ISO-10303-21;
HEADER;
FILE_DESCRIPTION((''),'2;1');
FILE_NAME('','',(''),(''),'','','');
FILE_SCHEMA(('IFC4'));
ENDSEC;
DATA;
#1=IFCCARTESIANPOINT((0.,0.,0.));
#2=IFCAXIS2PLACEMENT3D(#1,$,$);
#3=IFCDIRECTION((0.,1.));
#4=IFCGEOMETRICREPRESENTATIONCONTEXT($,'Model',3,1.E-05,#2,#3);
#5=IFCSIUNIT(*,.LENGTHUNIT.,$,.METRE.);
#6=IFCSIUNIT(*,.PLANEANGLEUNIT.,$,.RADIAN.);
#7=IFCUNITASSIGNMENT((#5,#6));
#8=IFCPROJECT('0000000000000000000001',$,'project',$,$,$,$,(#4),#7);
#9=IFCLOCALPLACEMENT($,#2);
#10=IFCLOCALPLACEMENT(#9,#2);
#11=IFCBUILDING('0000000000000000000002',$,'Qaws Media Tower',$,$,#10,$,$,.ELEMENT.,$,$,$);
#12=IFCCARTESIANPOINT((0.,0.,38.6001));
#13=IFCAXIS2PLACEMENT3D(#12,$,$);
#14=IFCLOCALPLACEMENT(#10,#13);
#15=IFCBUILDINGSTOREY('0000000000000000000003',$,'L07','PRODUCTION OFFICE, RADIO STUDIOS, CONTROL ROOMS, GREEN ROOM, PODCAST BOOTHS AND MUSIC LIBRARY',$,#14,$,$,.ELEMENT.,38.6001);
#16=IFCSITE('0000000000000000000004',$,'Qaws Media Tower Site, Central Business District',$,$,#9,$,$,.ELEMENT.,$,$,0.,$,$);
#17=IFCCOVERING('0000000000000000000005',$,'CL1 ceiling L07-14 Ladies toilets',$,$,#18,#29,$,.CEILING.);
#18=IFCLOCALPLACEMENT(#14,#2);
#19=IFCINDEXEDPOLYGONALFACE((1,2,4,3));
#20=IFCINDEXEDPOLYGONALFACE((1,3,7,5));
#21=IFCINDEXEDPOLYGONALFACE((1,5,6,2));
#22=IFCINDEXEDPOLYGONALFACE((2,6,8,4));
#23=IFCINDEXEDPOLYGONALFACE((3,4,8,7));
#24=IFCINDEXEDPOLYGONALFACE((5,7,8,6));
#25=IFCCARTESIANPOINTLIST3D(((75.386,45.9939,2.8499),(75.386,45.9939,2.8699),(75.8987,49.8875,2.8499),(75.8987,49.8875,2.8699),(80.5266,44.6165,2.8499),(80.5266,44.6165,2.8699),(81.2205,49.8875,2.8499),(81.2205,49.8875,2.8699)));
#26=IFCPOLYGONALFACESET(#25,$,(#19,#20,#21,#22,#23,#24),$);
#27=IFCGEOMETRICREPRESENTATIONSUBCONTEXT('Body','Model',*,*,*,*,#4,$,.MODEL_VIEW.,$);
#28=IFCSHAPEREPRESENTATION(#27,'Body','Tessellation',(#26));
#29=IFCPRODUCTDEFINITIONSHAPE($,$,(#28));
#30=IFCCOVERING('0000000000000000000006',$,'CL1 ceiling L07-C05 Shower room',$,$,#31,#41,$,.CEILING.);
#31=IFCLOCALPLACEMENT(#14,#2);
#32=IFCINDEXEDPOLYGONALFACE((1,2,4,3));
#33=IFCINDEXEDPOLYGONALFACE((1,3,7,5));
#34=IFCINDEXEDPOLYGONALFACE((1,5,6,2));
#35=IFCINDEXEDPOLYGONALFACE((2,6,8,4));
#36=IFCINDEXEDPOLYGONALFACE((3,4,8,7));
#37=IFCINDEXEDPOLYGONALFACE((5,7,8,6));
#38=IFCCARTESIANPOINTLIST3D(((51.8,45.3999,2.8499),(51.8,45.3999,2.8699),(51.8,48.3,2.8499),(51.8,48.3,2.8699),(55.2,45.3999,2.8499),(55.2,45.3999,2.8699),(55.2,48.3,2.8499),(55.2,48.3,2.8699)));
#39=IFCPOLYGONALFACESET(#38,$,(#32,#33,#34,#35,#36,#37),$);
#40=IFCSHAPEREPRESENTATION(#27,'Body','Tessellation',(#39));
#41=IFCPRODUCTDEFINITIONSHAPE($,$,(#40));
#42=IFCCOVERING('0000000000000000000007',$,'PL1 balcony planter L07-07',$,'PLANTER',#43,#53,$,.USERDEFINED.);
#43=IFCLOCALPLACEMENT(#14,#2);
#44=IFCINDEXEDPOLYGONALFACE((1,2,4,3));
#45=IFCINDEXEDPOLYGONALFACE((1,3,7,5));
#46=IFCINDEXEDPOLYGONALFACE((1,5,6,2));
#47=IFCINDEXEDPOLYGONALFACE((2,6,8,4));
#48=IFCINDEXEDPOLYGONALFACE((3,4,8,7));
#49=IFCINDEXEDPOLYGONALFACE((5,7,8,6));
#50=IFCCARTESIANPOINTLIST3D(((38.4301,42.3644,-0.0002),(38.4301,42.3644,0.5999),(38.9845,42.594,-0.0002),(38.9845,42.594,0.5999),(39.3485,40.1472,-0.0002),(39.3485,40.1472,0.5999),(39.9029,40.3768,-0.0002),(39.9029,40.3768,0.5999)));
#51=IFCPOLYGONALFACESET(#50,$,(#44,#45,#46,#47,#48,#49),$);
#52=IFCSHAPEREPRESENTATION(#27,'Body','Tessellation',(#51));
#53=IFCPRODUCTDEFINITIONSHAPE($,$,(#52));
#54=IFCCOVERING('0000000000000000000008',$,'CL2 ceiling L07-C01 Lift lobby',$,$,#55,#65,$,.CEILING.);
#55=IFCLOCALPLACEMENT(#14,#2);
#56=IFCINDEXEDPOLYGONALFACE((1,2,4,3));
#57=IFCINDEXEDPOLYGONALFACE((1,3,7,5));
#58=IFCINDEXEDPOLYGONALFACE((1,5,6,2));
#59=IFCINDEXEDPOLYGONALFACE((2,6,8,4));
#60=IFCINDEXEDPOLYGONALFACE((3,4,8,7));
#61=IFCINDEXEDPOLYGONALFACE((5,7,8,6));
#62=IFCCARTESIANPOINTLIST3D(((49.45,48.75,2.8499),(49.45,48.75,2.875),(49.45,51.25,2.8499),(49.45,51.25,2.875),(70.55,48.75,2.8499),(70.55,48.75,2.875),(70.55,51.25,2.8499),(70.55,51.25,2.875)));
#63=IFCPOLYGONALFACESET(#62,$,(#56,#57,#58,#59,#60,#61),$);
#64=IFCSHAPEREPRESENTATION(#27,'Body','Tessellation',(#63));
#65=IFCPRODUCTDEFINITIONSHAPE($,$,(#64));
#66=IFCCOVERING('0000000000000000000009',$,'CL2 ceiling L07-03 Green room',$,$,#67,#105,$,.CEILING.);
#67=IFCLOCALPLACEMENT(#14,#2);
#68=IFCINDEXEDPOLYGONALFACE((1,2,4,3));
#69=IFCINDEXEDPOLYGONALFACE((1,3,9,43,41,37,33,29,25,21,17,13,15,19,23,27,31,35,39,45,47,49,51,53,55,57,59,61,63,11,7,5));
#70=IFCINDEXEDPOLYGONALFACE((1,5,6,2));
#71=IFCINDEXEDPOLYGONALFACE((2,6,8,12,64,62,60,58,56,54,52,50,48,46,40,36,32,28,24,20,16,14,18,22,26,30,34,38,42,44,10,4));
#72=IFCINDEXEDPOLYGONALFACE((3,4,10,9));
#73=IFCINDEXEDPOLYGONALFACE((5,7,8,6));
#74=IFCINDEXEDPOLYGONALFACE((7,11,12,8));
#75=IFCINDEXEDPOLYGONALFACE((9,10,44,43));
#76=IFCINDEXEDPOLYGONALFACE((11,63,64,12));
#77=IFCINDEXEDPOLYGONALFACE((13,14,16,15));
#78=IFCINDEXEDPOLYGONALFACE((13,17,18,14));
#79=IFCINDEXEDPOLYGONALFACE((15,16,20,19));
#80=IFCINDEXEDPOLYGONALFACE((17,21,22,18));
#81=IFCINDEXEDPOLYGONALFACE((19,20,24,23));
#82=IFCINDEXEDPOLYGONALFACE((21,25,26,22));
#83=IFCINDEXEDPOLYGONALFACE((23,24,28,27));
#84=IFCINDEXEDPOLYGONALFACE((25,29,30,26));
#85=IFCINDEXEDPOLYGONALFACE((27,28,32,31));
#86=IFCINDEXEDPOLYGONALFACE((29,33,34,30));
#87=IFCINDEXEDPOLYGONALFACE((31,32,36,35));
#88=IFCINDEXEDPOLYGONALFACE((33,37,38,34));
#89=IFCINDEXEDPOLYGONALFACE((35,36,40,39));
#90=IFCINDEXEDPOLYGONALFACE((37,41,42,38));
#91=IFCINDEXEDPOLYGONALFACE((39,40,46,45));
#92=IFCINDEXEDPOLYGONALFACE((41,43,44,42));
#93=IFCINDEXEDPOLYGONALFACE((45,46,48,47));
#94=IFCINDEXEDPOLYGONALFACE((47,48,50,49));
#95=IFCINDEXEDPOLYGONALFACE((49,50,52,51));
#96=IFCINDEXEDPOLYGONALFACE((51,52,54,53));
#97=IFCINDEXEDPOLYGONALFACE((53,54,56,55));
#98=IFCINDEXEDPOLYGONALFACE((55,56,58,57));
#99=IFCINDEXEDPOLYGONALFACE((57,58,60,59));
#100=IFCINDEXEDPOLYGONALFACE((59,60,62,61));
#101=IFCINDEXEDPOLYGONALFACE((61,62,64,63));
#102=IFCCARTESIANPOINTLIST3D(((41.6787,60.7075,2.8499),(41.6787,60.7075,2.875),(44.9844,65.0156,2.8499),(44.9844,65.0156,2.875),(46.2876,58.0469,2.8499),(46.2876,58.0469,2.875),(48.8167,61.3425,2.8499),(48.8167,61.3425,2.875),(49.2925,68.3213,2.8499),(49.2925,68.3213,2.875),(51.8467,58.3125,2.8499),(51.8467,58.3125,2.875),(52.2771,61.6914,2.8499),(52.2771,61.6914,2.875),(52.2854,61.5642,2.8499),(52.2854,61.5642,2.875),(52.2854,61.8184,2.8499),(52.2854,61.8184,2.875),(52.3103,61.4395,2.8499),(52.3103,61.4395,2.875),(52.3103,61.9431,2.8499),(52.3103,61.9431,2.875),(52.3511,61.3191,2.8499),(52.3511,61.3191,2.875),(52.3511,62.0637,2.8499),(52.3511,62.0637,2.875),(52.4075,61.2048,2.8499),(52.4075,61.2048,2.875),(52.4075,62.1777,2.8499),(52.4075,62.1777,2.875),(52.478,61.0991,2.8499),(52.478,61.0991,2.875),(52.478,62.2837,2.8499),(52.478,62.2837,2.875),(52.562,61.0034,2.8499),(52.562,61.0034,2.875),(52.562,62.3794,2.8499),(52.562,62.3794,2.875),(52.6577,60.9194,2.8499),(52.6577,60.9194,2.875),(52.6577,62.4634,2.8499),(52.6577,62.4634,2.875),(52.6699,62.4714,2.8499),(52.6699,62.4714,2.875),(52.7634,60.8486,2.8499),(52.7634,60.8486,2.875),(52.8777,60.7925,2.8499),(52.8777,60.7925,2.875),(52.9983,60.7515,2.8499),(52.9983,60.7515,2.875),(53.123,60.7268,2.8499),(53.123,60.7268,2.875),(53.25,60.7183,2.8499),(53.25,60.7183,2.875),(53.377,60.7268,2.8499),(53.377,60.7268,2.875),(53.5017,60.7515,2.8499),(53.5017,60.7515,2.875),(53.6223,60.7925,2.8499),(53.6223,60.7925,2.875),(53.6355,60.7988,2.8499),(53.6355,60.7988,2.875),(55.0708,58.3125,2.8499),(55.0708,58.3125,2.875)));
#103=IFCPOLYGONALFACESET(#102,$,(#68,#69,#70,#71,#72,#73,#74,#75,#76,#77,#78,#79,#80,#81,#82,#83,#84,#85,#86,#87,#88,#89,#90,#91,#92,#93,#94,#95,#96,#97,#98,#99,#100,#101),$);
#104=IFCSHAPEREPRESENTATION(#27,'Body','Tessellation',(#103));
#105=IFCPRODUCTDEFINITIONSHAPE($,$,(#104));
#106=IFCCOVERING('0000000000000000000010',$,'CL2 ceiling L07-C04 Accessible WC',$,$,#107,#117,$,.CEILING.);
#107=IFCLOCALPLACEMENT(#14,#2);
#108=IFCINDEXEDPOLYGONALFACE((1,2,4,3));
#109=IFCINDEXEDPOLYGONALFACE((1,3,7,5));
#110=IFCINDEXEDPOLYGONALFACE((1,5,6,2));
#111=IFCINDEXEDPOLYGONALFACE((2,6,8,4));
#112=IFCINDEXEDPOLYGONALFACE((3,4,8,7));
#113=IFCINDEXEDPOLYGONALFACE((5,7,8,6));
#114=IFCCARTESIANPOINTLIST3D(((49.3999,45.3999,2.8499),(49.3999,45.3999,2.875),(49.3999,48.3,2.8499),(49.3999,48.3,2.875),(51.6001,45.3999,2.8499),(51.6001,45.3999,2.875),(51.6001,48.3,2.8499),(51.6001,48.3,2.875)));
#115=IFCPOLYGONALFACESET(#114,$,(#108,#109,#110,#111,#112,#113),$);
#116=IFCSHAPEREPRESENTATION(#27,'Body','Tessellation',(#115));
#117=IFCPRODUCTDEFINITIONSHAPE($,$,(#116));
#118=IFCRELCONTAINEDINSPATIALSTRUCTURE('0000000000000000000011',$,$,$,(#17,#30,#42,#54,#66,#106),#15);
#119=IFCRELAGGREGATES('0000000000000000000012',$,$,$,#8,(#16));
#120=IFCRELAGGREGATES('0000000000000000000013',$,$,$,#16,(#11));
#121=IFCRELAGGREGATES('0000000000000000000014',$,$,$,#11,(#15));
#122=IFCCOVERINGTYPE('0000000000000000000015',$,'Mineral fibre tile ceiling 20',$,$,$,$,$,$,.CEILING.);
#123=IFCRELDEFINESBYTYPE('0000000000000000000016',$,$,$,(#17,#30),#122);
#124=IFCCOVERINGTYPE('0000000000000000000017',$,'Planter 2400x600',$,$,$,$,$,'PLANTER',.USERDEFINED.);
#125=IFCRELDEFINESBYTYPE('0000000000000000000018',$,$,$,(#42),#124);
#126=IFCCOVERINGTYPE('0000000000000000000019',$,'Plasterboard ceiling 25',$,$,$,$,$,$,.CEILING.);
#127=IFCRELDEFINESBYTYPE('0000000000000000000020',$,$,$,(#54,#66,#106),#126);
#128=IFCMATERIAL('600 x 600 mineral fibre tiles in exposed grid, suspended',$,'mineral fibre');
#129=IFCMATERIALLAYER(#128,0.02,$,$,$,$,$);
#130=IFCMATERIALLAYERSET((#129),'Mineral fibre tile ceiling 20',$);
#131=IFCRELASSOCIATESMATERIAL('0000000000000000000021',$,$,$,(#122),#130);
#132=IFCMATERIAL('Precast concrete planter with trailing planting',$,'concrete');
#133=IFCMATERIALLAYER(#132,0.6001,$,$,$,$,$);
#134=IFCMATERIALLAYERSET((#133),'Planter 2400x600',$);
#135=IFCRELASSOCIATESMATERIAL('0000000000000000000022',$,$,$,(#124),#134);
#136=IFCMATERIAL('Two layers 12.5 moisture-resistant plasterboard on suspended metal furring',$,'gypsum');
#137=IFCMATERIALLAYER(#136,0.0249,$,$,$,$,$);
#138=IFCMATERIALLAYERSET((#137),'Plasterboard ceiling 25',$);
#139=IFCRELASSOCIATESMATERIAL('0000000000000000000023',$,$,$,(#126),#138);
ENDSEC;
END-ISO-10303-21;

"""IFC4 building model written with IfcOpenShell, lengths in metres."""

from ifc_helpers import new_model, si_unit, direction, frame, origin, origin_2d, place, context, subcontext, project, spatial, polyline, rectangle, outline, extrude, material, layer, layer_set, type_object, element, save


model = new_model("IFC4")

# Units and contexts
model_context = context("Model", 3, precision=1e-05, world=origin(), true_north=direction((0.0, 1.0)))
body_context = subcontext(model_context, "Body", "Model", "MODEL_VIEW")
ifc_project = project(units=[si_unit("LENGTHUNIT", "METRE"), si_unit("PLANEANGLEUNIT", "RADIAN")], contexts=[model_context])

# Site, building, storey
site_placement = place(None, origin())
site = spatial("IfcSite", under=ifc_project, at=site_placement, Name="Qaws Media Tower Site, Central Business District", CompositionType="ELEMENT", RefElevation=0.0)
building_placement = place(site_placement, origin())
building = spatial("IfcBuilding", under=site, at=building_placement, Name="Qaws Media Tower", CompositionType="ELEMENT")
storey_placement = place(building_placement, frame((0.0, 0.0, 38.6001)))
storey = spatial("IfcBuildingStorey", under=building, at=storey_placement, Name="L07", Description="PRODUCTION OFFICE, RADIO STUDIOS, CONTROL ROOMS, GREEN ROOM, PODCAST BOOTHS AND MUSIC LIBRARY", CompositionType="ELEMENT", Elevation=38.6001)

# Coverings
ifc_material_1 = material(Name="600 x 600 mineral fibre tiles in exposed grid, suspended", Category="mineral fibre")
ifc_layer_1 = layer(ifc_material_1, 0.02)
ifc_layer_set_1 = layer_set([ifc_layer_1], Name="Mineral fibre tile ceiling 20")
covering_type_1 = type_object("IfcCoveringType", Name="Mineral fibre tile ceiling 20", PredefinedType="CEILING", material=ifc_layer_set_1)
covering_1_placement = place(storey_placement, frame((0.0, 0.0, 2.8499)))
element("IfcCovering", 1, at=covering_1_placement, inside=storey, type_object=covering_type_1, Name="CL1 ceiling L07-14 Ladies toilets", PredefinedType="CEILING", context=body_context, shape_type="SweptSolid", body=[
    extrude(outline(polyline([(80.5266, 44.6165), (75.386, 45.9939), (75.8987, 49.8875), (81.2205, 49.8875), (80.5266, 44.6165)])), origin(), (0.0, 0.0, 1.0), 0.02),
])
covering_2_placement = place(storey_placement, frame((0.0, 0.0, 2.8499)))
element("IfcCovering", 2, at=covering_2_placement, inside=storey, type_object=covering_type_1, Name="CL1 ceiling L07-C05 Shower room", PredefinedType="CEILING", context=body_context, shape_type="SweptSolid", body=[
    extrude(outline(polyline([(51.8, 45.3999), (51.8, 48.3), (55.2, 48.3), (55.2, 45.3999), (51.8, 45.3999)])), origin(), (0.0, 0.0, 1.0), 0.02),
])
ifc_material_2 = material(Name="Precast concrete planter with trailing planting", Category="concrete")
ifc_layer_2 = layer(ifc_material_2, 0.6001)
ifc_layer_set_2 = layer_set([ifc_layer_2], Name="Planter 2400x600")
covering_type_2 = type_object("IfcCoveringType", Name="Planter 2400x600", ElementType="PLANTER", PredefinedType="USERDEFINED", material=ifc_layer_set_2)
covering_3_placement = place(storey_placement, frame((39.1665, 41.3706, -0.0002), z_axis=(0.0, 0.0, 1.0), x_axis=(0.382683, -0.92388, 0.0)))
element("IfcCovering", 3, at=covering_3_placement, inside=storey, type_object=covering_type_2, Name="PL1 balcony planter L07-07", ObjectType="PLANTER", PredefinedType="USERDEFINED", context=body_context, shape_type="SweptSolid", body=[
    extrude(rectangle(XDim=2.3999, YDim=0.6001, at=origin_2d()), origin(), (0.0, 0.0, 1.0), 0.6001),
])
ifc_material_3 = material(Name="Two layers 12.5 moisture-resistant plasterboard on suspended metal furring", Category="gypsum")
ifc_layer_3 = layer(ifc_material_3, 0.0249)
ifc_layer_set_3 = layer_set([ifc_layer_3], Name="Plasterboard ceiling 25")
covering_type_3 = type_object("IfcCoveringType", Name="Plasterboard ceiling 25", PredefinedType="CEILING", material=ifc_layer_set_3)
covering_4_placement = place(storey_placement, frame((0.0, 0.0, 2.8499)))
element("IfcCovering", 4, at=covering_4_placement, inside=storey, type_object=covering_type_3, Name="CL2 ceiling L07-C01 Lift lobby", PredefinedType="CEILING", context=body_context, shape_type="SweptSolid", body=[
    extrude(outline(polyline([(49.45, 48.75), (49.45, 51.25), (70.55, 51.25), (70.55, 48.75), (49.45, 48.75)])), origin(), (0.0, 0.0, 1.0), 0.0251),
])
covering_5_placement = place(storey_placement, frame((0.0, 0.0, 2.8499)))
element("IfcCovering", 5, at=covering_5_placement, inside=storey, type_object=covering_type_3, Name="CL2 ceiling L07-03 Green room", PredefinedType="CEILING", context=body_context, shape_type="SweptSolid", body=[
    extrude(outline(polyline([(44.9844, 65.0156), (49.2925, 68.3213), (52.6699, 62.4714), (52.6577, 62.4634), (52.562, 62.3794), (52.478, 62.2837), (52.4075, 62.1777), (52.3511, 62.0637), (52.3103, 61.9431), (52.2854, 61.8184), (52.2771, 61.6914), (52.2854, 61.5642), (52.3103, 61.4395), (52.3511, 61.3191), (52.4075, 61.2048), (52.478, 61.0991), (52.562, 61.0034), (52.6577, 60.9194), (52.7634, 60.8486), (52.8777, 60.7925), (52.9983, 60.7515), (53.123, 60.7268), (53.25, 60.7183), (53.377, 60.7268), (53.5017, 60.7515), (53.6223, 60.7925), (53.6355, 60.7988), (55.0708, 58.3125), (51.8467, 58.3125), (48.8167, 61.3425), (46.2876, 58.0469), (41.6787, 60.7075), (44.9844, 65.0156)])), origin(), (0.0, 0.0, 1.0), 0.0251),
])
covering_6_placement = place(storey_placement, frame((0.0, 0.0, 2.8499)))
element("IfcCovering", 6, at=covering_6_placement, inside=storey, type_object=covering_type_3, Name="CL2 ceiling L07-C04 Accessible WC", PredefinedType="CEILING", context=body_context, shape_type="SweptSolid", body=[
    extrude(outline(polyline([(49.3999, 45.3999), (49.3999, 48.3), (51.6001, 48.3), (51.6001, 45.3999), (49.3999, 45.3999)])), origin(), (0.0, 0.0, 1.0), 0.0251),
])

save(model, "model.ifc")
